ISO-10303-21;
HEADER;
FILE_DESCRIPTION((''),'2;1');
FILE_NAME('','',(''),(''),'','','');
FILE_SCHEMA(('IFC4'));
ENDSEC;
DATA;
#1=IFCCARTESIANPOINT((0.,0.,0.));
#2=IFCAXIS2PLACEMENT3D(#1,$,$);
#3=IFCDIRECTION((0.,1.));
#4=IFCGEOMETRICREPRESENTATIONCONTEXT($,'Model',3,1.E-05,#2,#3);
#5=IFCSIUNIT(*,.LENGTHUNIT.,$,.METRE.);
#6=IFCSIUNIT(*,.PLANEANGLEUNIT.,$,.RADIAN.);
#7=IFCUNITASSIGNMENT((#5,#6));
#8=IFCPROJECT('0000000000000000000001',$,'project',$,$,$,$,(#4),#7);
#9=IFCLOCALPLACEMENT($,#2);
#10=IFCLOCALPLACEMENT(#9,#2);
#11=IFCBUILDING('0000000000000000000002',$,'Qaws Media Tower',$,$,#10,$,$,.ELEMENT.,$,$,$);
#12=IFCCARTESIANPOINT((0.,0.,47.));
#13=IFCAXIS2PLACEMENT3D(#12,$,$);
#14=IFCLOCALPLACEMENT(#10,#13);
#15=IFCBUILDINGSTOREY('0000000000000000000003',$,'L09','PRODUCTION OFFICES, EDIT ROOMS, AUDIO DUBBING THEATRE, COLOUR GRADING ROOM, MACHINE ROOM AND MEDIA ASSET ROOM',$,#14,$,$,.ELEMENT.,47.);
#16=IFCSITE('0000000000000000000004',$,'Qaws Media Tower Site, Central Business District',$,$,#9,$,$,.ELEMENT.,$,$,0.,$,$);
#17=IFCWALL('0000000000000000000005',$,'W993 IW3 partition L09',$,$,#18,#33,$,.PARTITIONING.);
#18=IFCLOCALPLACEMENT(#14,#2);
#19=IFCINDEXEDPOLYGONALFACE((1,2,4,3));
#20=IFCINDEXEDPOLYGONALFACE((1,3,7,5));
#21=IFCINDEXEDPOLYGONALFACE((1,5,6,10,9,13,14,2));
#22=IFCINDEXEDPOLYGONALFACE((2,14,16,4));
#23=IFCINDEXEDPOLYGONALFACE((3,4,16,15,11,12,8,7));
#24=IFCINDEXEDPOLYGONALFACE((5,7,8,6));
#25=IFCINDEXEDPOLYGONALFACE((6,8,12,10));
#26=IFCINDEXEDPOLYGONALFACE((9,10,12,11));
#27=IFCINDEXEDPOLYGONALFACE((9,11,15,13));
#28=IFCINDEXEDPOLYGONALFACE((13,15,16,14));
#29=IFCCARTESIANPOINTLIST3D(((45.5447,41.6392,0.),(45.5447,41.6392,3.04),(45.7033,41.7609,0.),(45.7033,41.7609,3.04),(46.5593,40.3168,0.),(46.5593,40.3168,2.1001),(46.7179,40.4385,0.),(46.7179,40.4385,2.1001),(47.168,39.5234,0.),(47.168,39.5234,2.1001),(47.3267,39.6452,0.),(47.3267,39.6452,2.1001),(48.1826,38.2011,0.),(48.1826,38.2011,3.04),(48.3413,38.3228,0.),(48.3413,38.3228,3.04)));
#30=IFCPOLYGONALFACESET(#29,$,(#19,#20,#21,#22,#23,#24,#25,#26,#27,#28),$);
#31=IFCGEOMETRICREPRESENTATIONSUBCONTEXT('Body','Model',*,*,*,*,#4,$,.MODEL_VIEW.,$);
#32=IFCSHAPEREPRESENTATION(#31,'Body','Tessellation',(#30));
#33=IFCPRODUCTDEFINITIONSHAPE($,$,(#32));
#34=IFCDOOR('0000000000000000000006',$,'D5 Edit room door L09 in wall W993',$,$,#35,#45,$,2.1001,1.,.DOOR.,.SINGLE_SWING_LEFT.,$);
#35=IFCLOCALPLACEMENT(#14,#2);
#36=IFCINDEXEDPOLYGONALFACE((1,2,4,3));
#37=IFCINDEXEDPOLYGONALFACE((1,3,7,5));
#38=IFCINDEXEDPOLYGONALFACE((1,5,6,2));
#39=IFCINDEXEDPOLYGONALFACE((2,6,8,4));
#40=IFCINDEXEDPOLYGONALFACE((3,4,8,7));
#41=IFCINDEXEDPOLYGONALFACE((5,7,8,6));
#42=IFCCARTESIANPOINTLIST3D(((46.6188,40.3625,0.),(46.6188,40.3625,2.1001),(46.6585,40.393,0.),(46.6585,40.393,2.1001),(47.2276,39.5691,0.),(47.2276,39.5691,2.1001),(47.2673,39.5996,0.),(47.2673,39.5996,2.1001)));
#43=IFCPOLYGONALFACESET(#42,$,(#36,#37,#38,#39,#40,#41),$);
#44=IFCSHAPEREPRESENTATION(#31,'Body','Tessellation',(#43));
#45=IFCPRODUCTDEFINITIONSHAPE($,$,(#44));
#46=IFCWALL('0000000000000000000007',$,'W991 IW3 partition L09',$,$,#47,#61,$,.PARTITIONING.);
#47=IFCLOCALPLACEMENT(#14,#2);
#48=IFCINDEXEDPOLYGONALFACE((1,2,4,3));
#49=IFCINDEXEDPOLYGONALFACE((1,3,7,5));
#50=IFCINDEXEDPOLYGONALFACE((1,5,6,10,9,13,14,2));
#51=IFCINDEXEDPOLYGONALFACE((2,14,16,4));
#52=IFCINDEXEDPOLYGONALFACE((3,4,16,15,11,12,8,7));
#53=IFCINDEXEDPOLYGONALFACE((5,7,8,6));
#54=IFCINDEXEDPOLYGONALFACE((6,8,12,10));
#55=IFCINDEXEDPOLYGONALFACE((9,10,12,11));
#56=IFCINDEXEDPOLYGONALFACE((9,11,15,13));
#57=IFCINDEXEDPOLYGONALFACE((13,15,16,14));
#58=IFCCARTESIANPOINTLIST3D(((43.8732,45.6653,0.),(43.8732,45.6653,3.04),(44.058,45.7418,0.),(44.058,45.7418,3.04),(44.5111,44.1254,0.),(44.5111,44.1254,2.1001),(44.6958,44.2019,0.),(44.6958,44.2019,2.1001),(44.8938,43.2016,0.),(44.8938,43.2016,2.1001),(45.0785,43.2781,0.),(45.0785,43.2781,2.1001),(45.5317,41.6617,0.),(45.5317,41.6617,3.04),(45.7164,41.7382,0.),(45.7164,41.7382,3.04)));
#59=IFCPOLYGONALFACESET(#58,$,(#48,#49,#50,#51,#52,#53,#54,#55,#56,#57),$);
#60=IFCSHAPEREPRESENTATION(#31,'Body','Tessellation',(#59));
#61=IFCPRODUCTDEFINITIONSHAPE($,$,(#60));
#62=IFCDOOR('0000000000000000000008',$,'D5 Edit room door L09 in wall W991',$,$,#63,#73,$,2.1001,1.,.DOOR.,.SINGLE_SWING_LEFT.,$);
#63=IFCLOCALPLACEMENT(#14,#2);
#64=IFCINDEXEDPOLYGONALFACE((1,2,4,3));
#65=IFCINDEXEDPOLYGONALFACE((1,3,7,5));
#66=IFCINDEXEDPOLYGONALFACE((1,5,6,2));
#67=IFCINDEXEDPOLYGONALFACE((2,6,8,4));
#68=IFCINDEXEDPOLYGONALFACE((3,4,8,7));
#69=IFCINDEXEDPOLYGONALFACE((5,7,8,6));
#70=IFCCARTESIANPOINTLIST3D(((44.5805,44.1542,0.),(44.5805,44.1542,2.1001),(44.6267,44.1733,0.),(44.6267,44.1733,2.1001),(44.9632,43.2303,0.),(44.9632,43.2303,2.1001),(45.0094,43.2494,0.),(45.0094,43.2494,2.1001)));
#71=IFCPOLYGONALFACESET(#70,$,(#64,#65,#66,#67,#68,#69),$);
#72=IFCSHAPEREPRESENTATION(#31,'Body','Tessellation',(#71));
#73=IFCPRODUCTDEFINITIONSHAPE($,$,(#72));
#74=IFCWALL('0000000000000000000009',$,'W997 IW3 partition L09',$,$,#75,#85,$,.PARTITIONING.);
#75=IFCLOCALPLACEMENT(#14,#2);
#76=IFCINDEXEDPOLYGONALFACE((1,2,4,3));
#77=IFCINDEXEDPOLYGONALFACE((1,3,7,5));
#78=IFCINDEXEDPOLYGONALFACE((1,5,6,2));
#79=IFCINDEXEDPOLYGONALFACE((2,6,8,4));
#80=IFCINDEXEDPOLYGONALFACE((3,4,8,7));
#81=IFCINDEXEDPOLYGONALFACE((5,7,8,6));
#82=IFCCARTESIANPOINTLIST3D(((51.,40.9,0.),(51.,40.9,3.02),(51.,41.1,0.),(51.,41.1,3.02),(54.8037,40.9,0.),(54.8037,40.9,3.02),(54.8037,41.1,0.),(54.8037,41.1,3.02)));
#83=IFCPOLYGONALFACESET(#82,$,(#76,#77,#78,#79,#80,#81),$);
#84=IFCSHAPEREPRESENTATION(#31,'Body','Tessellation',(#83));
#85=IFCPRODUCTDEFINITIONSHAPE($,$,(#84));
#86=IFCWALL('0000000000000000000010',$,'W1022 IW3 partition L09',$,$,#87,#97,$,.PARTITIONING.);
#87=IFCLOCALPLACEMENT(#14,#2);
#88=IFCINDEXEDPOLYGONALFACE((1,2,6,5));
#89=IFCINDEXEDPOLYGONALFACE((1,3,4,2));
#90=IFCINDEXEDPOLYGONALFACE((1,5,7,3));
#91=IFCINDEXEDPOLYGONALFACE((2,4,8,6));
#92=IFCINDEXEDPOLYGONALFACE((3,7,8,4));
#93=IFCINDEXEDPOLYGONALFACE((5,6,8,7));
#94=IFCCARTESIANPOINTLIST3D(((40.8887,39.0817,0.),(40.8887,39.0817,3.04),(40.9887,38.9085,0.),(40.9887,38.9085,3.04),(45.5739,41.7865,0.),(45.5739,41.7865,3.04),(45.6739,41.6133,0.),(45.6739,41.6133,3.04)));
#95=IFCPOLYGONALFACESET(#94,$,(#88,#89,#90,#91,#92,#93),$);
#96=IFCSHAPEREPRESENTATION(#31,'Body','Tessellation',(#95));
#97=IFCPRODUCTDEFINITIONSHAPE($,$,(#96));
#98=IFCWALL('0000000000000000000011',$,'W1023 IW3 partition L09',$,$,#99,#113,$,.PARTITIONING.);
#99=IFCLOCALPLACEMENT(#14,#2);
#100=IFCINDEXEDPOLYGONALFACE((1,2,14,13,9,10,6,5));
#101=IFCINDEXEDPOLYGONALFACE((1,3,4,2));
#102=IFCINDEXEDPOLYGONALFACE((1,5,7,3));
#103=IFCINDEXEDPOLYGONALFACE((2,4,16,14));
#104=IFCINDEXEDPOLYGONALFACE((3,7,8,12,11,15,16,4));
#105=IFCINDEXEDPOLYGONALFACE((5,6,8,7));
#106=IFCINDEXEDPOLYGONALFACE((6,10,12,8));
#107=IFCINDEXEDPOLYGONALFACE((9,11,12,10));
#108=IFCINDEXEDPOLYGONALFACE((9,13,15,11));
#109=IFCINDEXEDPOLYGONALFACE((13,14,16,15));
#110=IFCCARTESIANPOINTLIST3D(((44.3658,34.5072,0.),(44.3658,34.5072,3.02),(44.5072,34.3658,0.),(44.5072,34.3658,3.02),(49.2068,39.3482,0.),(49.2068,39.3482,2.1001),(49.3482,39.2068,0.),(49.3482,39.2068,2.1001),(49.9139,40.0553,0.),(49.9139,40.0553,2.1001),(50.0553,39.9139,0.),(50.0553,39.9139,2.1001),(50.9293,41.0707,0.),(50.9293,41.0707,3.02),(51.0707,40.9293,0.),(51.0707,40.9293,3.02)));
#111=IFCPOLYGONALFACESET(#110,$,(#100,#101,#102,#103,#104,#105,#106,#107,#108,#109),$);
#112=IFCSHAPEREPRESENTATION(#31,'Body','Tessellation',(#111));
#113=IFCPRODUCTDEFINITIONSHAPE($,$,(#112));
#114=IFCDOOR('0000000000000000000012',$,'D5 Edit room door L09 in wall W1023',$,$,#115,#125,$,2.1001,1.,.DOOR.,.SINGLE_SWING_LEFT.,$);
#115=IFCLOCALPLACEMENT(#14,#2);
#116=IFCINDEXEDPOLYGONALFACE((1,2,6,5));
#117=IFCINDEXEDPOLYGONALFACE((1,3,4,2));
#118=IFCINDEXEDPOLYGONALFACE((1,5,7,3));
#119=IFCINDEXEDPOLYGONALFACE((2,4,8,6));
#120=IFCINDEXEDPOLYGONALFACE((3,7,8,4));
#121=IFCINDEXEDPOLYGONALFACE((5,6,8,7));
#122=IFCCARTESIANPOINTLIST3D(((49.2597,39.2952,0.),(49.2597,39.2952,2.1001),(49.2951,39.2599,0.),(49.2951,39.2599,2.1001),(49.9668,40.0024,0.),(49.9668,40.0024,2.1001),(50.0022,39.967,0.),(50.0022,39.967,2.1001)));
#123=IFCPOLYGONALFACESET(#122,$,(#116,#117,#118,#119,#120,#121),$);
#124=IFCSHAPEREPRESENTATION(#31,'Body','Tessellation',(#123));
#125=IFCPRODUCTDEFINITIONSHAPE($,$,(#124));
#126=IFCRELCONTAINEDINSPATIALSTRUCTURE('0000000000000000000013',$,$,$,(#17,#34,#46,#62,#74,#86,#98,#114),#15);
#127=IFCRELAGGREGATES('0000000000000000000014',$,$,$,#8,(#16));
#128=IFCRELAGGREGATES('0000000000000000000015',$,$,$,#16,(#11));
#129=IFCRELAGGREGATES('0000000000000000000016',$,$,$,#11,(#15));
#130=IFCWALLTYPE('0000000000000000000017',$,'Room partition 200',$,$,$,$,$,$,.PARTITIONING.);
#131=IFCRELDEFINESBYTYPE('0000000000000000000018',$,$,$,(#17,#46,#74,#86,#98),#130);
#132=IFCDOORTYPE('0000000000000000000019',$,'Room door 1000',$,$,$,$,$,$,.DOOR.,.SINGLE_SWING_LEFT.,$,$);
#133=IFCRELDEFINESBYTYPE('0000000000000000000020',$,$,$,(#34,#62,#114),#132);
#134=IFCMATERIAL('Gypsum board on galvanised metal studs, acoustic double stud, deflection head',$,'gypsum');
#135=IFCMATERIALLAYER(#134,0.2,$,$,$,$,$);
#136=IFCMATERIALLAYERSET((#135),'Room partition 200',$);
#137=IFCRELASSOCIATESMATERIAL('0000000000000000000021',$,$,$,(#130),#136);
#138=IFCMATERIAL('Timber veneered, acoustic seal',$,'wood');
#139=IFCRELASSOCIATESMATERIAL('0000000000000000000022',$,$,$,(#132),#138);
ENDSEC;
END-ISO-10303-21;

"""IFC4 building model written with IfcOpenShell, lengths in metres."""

from ifc_helpers import new_model, si_unit, direction, frame, frame_2d, origin, place, context, subcontext, project, spatial, rectangle, extrude, material, layer, layer_set, type_object, element, fill, save


model = new_model("IFC4")

# Units and contexts
model_context = context("Model", 3, precision=1e-05, world=origin(), true_north=direction((0.0, 1.0)))
body_context = subcontext(model_context, "Body", "Model", "MODEL_VIEW")
ifc_project = project(units=[si_unit("LENGTHUNIT", "METRE"), si_unit("PLANEANGLEUNIT", "RADIAN")], contexts=[model_context])

# Site, building, storey
site_placement = place(None, origin())
site = spatial("IfcSite", under=ifc_project, at=site_placement, Name="Qaws Media Tower Site, Central Business District", CompositionType="ELEMENT", RefElevation=0.0)
building_placement = place(site_placement, origin())
building = spatial("IfcBuilding", under=site, at=building_placement, Name="Qaws Media Tower", CompositionType="ELEMENT")
storey_placement = place(building_placement, frame((0.0, 0.0, 47.0)))
storey = spatial("IfcBuildingStorey", under=building, at=storey_placement, Name="L09", Description="PRODUCTION OFFICES, EDIT ROOMS, AUDIO DUBBING THEATRE, COLOUR GRADING ROOM, MACHINE ROOM AND MEDIA ASSET ROOM", CompositionType="ELEMENT", Elevation=47.0)

# Walls, openings, doors
ifc_material_1 = material(Name="Gypsum board on galvanised metal studs, acoustic double stud, deflection head", Category="gypsum")
ifc_layer_1 = layer(ifc_material_1, 0.2)
ifc_layer_set_1 = layer_set([ifc_layer_1], Name="Room partition 200")
wall_type_1 = type_object("IfcWallType", Name="Room partition 200", PredefinedType="PARTITIONING", material=ifc_layer_set_1)
wall_1_placement = place(storey_placement, frame((48.262, 38.262, 0.0), z_axis=(0.0, 0.0, 1.0), x_axis=(-0.608744, 0.793367, 0.0)))
wall_1 = element("IfcWall", 1, at=wall_1_placement, inside=storey, type_object=wall_type_1, Name="W993 IW3 partition L09", PredefinedType="PARTITIONING", context=body_context, shape_type="SweptSolid", body=[
    extrude(rectangle(XDim=4.3335, YDim=0.2, at=frame_2d((2.1667, 0.0))), origin(), (0.0, 0.0, 1.0), 3.04),
])
opening_1_placement = place(wall_1_placement, frame((1.6667, 0.0, 0.0)))
opening_1 = element("IfcOpeningElement", 2, at=opening_1_placement, cuts=wall_1, PredefinedType="OPENING", context=body_context, shape_type="SweptSolid", body=[
    extrude(rectangle(XDim=1.0, YDim=2.1001, at=frame_2d((0.5, 1.05))), frame((0.0, 0.1099, 0.0), z_axis=(0.0, -1.0, 0.0), x_axis=(1.0, 0.0, 0.0)), (0.0, 0.0, 1.0), 0.22),
])
ifc_material_2 = material(Name="Timber veneered, acoustic seal", Category="wood")
door_type = type_object("IfcDoorType", Name="Room door 1000", OperationType="SINGLE_SWING_LEFT", PredefinedType="DOOR", material=ifc_material_2)
door_1_placement = place(opening_1_placement, origin())
door_1 = element("IfcDoor", 3, at=door_1_placement, inside=storey, type_object=door_type, Name="D5 Edit room door L09 in wall W993", OperationType="SINGLE_SWING_LEFT", OverallHeight=2.1001, OverallWidth=1.0, PredefinedType="DOOR", context=body_context, shape_type="SweptSolid", body=[
    extrude(rectangle(XDim=1.0, YDim=2.1001, at=frame_2d((0.5, 1.05))), frame((0.0, 0.0249, 0.0), z_axis=(0.0, -1.0, 0.0), x_axis=(1.0, 0.0, 0.0)), (0.0, 0.0, 1.0), 0.05),
])
fill(opening_1, door_1)
wall_2_placement = place(storey_placement, frame((45.624, 41.7, 0.0), z_axis=(0.0, 0.0, 1.0), x_axis=(-0.382698, 0.923873, 0.0)))
wall_2 = element("IfcWall", 4, at=wall_2_placement, inside=storey, type_object=wall_type_1, Name="W991 IW3 partition L09", PredefinedType="PARTITIONING", context=body_context, shape_type="SweptSolid", body=[
    extrude(rectangle(XDim=4.3335, YDim=0.2, at=frame_2d((2.1667, 0.0))), origin(), (0.0, 0.0, 1.0), 3.04),
])
opening_2_placement = place(wall_2_placement, frame((1.6667, 0.0, 0.0)))
opening_2 = element("IfcOpeningElement", 5, at=opening_2_placement, cuts=wall_2, PredefinedType="OPENING", context=body_context, shape_type="SweptSolid", body=[
    extrude(rectangle(XDim=1.0, YDim=2.1001, at=frame_2d((0.5, 1.05))), frame((0.0, 0.1099, 0.0), z_axis=(0.0, -1.0, 0.0), x_axis=(1.0, 0.0, 0.0)), (0.0, 0.0, 1.0), 0.22),
])
door_2_placement = place(opening_2_placement, origin())
door_2 = element("IfcDoor", 6, at=door_2_placement, inside=storey, type_object=door_type, Name="D5 Edit room door L09 in wall W991", OperationType="SINGLE_SWING_LEFT", OverallHeight=2.1001, OverallWidth=1.0, PredefinedType="DOOR", context=body_context, shape_type="SweptSolid", body=[
    extrude(rectangle(XDim=1.0, YDim=2.1001, at=frame_2d((0.5, 1.05))), frame((0.0, 0.0249, 0.0), z_axis=(0.0, -1.0, 0.0), x_axis=(1.0, 0.0, 0.0)), (0.0, 0.0, 1.0), 0.05),
])
fill(opening_2, door_2)

# Walls
wall_3_placement = place(storey_placement, frame((54.8037, 41.0, 0.0), z_axis=(0.0, 0.0, 1.0), x_axis=(-1.0, 0.0, 0.0)))
element("IfcWall", 7, at=wall_3_placement, inside=storey, type_object=wall_type_1, Name="W997 IW3 partition L09", PredefinedType="PARTITIONING", context=body_context, shape_type="SweptSolid", body=[
    extrude(rectangle(XDim=3.8037, YDim=0.2, at=frame_2d((1.9019, 0.0))), origin(), (0.0, 0.0, 1.0), 3.02),
])
wall_4_placement = place(storey_placement, frame((45.624, 41.7, 0.0), z_axis=(0.0, 0.0, 1.0), x_axis=(-0.866044, -0.499969, 0.0)))
element("IfcWall", 8, at=wall_4_placement, inside=storey, type_object=wall_type_1, Name="W1022 IW3 partition L09", PredefinedType="PARTITIONING", context=body_context, shape_type="SweptSolid", body=[
    extrude(rectangle(XDim=5.4099, YDim=0.2, at=frame_2d((2.7051, 0.0))), origin(), (0.0, 0.0, 1.0), 3.04),
])

# Wall, opening, door
wall_5_placement = place(storey_placement, frame((51.0, 41.0, 0.0), z_axis=(0.0, 0.0, 1.0), x_axis=(-0.707107, -0.707107, 0.0)))
wall_5 = element("IfcWall", 9, at=wall_5_placement, inside=storey, type_object=wall_type_1, Name="W1023 IW3 partition L09", PredefinedType="PARTITIONING", context=body_context, shape_type="SweptSolid", body=[
    extrude(rectangle(XDim=9.2822, YDim=0.2, at=frame_2d((4.6411, 0.0))), origin(), (0.0, 0.0, 1.0), 3.02),
])
opening_3_placement = place(wall_5_placement, frame((1.436, 0.0, 0.0)))
opening_3 = element("IfcOpeningElement", 10, at=opening_3_placement, cuts=wall_5, PredefinedType="OPENING", context=body_context, shape_type="SweptSolid", body=[
    extrude(rectangle(XDim=1.0, YDim=2.1001, at=frame_2d((0.5, 1.05))), frame((0.0, 0.1099, 0.0), z_axis=(0.0, -1.0, 0.0), x_axis=(1.0, 0.0, 0.0)), (0.0, 0.0, 1.0), 0.22),
])
door_3_placement = place(opening_3_placement, origin())
door_3 = element("IfcDoor", 11, at=door_3_placement, inside=storey, type_object=door_type, Name="D5 Edit room door L09 in wall W1023", OperationType="SINGLE_SWING_LEFT", OverallHeight=2.1001, OverallWidth=1.0, PredefinedType="DOOR", context=body_context, shape_type="SweptSolid", body=[
    extrude(rectangle(XDim=1.0, YDim=2.1001, at=frame_2d((0.5, 1.05))), frame((0.0, 0.0249, 0.0), z_axis=(0.0, -1.0, 0.0), x_axis=(1.0, 0.0, 0.0)), (0.0, 0.0, 1.0), 0.05),
])
fill(opening_3, door_3)

save(model, "model.ifc")
